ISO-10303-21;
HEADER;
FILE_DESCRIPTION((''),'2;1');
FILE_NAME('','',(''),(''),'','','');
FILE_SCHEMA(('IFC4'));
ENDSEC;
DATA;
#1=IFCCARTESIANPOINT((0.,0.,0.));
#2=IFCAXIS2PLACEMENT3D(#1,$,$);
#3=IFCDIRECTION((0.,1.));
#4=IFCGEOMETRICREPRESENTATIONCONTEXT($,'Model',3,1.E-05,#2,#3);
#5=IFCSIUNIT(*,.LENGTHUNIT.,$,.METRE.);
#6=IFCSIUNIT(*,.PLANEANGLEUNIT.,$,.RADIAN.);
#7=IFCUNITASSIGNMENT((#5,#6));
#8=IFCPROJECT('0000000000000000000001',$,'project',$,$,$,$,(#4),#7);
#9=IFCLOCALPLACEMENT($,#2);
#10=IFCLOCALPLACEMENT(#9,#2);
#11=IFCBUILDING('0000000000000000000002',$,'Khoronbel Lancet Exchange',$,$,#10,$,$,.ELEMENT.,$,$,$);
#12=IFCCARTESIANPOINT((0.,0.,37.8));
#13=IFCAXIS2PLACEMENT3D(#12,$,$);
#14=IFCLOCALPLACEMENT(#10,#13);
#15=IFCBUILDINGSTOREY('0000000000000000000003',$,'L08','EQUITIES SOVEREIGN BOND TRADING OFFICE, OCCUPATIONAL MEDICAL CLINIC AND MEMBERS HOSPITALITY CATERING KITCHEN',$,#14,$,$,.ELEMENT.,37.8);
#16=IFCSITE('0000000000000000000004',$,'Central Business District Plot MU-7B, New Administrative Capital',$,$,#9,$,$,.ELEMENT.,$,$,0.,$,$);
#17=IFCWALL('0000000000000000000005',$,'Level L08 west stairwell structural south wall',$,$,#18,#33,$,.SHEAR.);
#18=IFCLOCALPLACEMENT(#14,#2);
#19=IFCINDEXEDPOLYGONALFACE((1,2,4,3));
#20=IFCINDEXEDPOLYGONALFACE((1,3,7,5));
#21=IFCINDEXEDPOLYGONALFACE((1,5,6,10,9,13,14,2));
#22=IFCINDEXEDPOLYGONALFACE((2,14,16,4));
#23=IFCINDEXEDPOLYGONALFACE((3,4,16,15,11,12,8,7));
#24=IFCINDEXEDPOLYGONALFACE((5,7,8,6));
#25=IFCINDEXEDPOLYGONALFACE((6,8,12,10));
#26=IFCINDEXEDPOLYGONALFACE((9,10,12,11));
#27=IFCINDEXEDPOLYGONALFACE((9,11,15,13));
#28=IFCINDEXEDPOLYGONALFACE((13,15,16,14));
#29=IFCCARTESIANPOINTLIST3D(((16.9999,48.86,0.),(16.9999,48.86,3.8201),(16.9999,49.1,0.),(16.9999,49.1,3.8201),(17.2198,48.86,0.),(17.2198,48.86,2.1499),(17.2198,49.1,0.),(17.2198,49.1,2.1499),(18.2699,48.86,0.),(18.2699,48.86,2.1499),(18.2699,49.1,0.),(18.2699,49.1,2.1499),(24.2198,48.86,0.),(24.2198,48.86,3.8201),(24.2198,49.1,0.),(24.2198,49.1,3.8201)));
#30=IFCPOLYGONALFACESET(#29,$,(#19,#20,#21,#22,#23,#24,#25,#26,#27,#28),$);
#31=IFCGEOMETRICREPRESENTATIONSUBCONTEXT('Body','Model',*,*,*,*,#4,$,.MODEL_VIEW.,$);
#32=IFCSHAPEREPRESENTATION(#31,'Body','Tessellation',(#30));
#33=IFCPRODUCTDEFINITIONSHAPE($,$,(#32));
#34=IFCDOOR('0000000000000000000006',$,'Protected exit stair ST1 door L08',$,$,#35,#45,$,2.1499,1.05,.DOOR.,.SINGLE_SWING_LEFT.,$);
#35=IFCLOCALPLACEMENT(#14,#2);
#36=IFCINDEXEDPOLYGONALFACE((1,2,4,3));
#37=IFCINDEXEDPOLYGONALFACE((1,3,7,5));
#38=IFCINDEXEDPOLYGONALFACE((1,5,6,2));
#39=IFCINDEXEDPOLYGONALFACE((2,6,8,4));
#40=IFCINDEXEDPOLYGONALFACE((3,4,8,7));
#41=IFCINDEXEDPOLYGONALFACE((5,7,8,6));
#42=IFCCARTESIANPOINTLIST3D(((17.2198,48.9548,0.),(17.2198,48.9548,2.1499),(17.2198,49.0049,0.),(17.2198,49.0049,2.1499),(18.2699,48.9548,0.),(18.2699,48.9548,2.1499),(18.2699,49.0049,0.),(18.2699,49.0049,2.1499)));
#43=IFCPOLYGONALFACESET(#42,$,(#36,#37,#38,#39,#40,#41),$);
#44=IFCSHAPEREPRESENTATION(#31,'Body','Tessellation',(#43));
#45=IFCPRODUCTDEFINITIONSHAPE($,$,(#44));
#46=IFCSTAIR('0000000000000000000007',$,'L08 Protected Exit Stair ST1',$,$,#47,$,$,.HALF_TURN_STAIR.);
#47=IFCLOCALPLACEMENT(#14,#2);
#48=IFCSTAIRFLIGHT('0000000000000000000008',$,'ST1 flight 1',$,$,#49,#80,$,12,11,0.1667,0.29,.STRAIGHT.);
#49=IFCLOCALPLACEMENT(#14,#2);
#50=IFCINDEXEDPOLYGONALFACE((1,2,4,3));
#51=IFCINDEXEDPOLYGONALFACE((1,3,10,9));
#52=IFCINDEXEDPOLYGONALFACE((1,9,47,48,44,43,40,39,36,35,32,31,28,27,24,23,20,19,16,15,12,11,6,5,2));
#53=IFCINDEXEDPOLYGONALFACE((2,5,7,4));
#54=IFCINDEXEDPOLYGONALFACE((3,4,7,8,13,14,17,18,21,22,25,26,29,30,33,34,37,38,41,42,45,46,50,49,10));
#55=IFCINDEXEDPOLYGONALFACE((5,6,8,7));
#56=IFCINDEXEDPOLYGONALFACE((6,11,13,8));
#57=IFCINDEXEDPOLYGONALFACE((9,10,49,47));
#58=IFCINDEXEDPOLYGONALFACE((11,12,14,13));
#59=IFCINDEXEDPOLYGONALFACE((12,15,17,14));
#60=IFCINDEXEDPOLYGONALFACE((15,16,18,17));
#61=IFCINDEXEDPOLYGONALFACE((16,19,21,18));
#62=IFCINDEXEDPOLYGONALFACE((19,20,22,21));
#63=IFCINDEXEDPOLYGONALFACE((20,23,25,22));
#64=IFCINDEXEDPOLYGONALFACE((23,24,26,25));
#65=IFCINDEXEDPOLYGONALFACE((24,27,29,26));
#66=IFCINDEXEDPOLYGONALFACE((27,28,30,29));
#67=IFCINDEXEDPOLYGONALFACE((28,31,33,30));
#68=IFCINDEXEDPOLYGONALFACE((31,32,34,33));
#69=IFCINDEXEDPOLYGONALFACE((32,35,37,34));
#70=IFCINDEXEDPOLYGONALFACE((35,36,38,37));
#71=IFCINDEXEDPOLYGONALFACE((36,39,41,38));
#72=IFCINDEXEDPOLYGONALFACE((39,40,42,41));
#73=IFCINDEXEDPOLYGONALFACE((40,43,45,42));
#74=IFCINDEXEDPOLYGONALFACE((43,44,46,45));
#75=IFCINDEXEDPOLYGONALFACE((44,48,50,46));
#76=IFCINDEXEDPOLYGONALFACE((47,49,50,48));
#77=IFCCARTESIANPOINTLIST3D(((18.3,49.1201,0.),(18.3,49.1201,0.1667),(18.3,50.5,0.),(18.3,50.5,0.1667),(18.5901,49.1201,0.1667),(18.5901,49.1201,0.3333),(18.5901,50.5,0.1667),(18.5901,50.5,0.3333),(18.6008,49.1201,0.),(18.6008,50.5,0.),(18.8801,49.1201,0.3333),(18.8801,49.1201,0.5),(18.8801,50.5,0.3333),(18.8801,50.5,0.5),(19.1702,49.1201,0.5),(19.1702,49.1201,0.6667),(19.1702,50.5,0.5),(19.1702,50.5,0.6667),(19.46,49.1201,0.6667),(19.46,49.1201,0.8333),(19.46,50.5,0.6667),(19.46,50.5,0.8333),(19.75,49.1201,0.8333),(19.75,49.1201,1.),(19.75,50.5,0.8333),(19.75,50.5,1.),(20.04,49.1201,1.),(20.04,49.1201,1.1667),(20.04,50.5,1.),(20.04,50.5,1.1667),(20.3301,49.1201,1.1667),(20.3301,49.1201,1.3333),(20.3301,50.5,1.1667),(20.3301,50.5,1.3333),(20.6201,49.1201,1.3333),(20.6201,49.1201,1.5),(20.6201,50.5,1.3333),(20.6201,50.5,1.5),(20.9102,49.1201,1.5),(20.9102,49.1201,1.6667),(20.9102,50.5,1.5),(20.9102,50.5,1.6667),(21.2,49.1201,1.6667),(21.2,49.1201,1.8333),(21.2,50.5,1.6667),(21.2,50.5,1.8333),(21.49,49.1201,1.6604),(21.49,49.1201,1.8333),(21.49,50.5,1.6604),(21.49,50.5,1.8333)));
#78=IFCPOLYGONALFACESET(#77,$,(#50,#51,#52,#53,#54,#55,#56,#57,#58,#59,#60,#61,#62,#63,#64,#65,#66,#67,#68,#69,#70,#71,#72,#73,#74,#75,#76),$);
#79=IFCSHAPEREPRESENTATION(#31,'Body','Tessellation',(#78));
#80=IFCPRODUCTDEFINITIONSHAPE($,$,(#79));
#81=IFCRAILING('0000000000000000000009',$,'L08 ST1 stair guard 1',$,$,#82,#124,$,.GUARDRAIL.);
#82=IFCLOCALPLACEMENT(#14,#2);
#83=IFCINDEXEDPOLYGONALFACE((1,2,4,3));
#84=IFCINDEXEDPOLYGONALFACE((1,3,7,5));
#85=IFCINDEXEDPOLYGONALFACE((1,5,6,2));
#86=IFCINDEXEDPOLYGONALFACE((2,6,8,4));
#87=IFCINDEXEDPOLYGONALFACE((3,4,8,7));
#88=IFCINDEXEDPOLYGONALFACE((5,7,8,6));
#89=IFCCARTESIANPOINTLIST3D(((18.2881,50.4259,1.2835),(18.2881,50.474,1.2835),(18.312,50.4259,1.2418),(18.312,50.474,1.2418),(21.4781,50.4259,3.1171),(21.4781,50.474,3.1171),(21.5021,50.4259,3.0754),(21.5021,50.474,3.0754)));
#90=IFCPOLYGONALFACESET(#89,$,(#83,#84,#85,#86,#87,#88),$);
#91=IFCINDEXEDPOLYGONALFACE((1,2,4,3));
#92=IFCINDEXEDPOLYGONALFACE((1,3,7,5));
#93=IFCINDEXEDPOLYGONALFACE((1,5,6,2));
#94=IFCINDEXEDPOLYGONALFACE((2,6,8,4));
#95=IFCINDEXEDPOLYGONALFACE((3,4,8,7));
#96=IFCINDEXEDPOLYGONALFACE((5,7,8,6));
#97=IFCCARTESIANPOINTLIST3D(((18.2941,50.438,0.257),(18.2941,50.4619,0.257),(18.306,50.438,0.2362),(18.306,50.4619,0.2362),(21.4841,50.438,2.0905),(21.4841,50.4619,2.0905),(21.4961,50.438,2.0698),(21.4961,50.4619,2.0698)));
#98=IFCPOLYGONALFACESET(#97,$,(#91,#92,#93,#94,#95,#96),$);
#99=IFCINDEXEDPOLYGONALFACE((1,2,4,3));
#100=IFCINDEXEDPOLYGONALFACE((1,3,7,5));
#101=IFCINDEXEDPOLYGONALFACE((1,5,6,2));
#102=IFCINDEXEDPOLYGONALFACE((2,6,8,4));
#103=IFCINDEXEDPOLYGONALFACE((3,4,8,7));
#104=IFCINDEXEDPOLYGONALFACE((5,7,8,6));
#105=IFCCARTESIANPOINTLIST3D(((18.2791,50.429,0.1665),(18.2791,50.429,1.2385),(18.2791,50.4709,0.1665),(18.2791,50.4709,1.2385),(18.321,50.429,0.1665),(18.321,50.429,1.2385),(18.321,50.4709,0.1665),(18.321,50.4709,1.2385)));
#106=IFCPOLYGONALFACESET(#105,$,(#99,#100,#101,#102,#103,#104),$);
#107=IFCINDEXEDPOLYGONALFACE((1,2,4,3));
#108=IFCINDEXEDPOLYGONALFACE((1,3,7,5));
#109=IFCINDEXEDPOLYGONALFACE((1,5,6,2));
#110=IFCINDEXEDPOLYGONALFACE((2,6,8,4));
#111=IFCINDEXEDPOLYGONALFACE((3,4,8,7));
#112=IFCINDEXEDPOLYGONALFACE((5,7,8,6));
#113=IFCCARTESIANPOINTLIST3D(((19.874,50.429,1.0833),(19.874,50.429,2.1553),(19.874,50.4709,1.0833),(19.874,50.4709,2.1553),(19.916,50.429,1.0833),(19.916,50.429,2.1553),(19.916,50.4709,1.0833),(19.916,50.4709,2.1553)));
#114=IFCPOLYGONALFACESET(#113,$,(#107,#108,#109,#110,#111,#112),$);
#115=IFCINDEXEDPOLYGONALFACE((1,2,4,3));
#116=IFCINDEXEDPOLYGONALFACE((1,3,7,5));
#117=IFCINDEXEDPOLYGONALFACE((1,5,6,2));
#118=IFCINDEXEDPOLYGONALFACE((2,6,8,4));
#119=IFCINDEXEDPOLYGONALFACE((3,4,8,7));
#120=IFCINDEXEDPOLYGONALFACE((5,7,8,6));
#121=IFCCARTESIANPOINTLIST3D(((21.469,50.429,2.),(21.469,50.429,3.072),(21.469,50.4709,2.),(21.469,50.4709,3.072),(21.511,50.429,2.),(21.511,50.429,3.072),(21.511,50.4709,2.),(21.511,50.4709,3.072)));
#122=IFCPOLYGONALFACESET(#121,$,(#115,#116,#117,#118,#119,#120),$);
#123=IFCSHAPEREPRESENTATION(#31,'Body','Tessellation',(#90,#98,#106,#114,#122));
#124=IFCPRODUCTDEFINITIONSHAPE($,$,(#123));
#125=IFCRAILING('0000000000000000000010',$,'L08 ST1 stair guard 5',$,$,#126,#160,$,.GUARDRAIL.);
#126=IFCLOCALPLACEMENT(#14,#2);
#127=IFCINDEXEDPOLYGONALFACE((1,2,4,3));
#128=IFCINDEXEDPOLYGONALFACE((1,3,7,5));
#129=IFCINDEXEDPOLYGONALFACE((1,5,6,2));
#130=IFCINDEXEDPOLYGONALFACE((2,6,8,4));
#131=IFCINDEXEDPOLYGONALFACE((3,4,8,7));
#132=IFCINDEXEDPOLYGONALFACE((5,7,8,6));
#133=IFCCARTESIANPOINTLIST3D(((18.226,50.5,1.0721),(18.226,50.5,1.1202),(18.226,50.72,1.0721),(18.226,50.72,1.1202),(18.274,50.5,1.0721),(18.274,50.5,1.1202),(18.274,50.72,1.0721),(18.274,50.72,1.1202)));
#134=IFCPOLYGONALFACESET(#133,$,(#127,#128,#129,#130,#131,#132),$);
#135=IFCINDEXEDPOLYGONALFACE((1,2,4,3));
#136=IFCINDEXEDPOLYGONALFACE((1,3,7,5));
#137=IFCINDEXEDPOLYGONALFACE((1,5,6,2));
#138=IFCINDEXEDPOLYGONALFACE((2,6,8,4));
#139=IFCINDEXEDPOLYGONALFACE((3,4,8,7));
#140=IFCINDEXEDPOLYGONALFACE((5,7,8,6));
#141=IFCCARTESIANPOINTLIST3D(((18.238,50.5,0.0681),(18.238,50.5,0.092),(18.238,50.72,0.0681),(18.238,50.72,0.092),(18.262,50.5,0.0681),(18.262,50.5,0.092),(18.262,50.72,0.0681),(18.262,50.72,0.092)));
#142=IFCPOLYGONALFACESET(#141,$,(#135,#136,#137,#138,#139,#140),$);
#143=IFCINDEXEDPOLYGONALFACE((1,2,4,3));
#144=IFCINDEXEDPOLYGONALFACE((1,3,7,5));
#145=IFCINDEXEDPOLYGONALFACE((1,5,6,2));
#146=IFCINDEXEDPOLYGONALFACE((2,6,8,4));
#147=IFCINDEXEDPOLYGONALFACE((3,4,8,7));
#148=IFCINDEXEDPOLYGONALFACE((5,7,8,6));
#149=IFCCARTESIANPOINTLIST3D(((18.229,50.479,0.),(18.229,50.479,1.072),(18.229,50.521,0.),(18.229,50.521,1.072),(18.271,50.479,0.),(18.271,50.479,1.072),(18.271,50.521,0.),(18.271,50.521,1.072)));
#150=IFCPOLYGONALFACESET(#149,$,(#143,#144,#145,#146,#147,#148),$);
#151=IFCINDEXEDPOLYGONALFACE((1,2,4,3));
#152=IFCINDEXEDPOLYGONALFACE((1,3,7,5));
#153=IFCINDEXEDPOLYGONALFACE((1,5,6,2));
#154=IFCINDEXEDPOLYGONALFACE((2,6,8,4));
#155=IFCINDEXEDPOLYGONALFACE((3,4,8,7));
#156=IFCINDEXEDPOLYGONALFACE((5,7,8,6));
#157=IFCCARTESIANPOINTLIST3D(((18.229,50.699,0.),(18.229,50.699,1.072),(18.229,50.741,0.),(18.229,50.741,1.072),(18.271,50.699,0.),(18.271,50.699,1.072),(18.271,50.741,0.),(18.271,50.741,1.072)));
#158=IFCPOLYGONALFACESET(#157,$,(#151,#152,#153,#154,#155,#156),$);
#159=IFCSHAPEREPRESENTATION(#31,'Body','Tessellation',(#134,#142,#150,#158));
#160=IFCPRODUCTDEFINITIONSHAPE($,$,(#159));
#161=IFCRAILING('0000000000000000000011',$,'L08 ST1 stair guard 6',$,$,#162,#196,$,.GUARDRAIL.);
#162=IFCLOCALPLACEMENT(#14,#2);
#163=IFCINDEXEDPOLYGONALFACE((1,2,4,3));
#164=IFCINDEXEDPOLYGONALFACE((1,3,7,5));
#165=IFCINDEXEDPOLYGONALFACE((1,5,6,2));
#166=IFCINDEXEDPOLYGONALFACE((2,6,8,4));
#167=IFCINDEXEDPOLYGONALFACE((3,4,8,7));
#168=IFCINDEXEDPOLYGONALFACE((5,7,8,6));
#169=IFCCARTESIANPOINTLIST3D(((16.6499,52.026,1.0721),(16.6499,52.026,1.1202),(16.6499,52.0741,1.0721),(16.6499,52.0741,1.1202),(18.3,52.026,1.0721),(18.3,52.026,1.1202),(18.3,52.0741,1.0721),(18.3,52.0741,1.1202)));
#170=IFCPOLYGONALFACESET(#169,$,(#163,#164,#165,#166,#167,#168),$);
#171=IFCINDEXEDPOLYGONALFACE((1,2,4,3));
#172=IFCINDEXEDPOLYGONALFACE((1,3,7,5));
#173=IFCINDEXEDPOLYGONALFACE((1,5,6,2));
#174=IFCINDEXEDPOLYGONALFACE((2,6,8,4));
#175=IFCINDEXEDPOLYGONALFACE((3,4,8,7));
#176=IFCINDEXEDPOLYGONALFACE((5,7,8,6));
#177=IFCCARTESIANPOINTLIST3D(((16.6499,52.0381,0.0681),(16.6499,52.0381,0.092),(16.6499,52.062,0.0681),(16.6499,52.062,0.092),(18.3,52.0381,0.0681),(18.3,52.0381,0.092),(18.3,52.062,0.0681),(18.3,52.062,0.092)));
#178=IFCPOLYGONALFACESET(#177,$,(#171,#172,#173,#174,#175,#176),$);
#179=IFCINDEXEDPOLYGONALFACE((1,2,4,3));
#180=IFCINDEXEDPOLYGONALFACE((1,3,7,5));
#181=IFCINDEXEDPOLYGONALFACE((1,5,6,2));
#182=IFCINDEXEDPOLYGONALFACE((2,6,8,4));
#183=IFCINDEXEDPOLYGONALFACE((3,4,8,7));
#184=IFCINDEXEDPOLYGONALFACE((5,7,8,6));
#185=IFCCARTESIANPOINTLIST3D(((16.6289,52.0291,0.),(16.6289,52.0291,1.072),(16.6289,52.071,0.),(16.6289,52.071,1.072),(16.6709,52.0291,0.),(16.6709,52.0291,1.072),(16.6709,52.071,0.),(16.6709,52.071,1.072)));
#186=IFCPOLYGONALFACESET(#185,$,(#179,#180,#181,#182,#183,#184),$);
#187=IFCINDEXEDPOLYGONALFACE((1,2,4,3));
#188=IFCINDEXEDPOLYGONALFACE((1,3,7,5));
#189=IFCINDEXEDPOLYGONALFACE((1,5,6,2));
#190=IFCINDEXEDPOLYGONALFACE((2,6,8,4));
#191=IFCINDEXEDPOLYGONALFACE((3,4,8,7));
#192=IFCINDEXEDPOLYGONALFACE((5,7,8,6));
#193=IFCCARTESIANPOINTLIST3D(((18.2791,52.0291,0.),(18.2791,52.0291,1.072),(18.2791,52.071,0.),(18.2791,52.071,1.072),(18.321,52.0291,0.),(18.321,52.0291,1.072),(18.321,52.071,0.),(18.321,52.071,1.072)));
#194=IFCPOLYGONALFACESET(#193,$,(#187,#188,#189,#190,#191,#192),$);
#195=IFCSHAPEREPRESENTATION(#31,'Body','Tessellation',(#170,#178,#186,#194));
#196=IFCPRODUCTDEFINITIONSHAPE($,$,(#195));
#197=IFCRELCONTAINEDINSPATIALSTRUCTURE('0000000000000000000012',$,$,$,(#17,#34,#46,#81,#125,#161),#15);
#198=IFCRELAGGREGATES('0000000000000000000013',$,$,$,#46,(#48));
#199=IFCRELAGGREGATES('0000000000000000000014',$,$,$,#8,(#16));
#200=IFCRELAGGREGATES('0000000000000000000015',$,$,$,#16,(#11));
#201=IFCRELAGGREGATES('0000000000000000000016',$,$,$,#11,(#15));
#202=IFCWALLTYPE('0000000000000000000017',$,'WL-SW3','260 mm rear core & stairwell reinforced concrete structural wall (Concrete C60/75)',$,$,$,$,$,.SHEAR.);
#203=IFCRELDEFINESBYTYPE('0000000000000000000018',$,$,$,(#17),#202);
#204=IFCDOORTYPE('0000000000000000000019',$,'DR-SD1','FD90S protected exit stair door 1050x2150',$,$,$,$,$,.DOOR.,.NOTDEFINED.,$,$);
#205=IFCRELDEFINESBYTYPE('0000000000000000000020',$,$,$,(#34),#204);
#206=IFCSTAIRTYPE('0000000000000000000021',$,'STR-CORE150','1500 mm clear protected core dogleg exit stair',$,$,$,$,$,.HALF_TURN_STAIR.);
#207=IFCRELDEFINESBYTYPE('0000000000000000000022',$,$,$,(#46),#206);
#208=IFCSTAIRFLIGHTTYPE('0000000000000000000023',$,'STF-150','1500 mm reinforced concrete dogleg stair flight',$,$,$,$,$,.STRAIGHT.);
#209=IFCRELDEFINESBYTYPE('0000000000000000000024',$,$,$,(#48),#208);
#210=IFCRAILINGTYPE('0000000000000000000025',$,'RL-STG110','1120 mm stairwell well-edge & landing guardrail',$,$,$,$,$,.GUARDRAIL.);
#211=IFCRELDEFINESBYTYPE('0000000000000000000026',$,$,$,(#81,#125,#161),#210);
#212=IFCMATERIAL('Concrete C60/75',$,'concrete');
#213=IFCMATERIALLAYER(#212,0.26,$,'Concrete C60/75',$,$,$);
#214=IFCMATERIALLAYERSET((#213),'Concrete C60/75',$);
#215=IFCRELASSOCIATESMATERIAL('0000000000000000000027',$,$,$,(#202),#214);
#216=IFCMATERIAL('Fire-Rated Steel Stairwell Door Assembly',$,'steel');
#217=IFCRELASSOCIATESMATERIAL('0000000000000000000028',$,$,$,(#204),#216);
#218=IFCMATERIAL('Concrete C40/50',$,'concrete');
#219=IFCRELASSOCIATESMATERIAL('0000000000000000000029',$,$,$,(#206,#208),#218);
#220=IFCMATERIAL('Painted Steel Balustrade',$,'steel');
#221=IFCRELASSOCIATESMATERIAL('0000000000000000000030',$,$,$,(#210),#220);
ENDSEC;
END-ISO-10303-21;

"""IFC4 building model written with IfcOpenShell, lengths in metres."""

from ifc_helpers import new_model, si_unit, direction, frame, frame_2d, origin, origin_2d, place, context, subcontext, project, spatial, polyline, rectangle, outline, extrude, material, layer, layer_set, type_object, element, fill, aggregate, save


model = new_model("IFC4")

# Units and contexts
model_context = context("Model", 3, precision=1e-05, world=origin(), true_north=direction((0.0, 1.0)))
body_context = subcontext(model_context, "Body", "Model", "MODEL_VIEW")
ifc_project = project(units=[si_unit("LENGTHUNIT", "METRE"), si_unit("PLANEANGLEUNIT", "RADIAN")], contexts=[model_context])

# Site, building, storey
site_placement = place(None, origin())
site = spatial("IfcSite", under=ifc_project, at=site_placement, Name="Central Business District Plot MU-7B, New Administrative Capital", CompositionType="ELEMENT", RefElevation=0.0)
building_placement = place(site_placement, origin())
building = spatial("IfcBuilding", under=site, at=building_placement, Name="Khoronbel Lancet Exchange", CompositionType="ELEMENT")
storey_placement = place(building_placement, frame((0.0, 0.0, 37.8)))
storey = spatial("IfcBuildingStorey", under=building, at=storey_placement, Name="L08", Description="EQUITIES SOVEREIGN BOND TRADING OFFICE, OCCUPATIONAL MEDICAL CLINIC AND MEMBERS HOSPITALITY CATERING KITCHEN", CompositionType="ELEMENT", Elevation=37.8)

# Wall, opening, door
ifc_material_1 = material(Name="Concrete C60/75", Category="concrete")
ifc_layer_1 = layer(ifc_material_1, 0.26, Name="Concrete C60/75")
ifc_layer_set_1 = layer_set([ifc_layer_1], Name="Concrete C60/75")
wall_type_1 = type_object("IfcWallType", Name="WL-SW3", Description="260 mm rear core & stairwell reinforced concrete structural wall (Concrete C60/75)", PredefinedType="SHEAR", material=ifc_layer_set_1)
wall_1_placement = place(storey_placement, frame((17.0, 48.98, 0.0), z_axis=(0.0, 0.0, 1.0), x_axis=(1.0, 0.0, 0.0)))
wall_1 = element("IfcWall", 1, at=wall_1_placement, inside=storey, type_object=wall_type_1, Name="Level L08 west stairwell structural south wall", PredefinedType="SHEAR", context=body_context, shape_type="SweptSolid", body=[
    extrude(rectangle(XDim=7.22, YDim=0.24, at=frame_2d((3.6099, 0.0))), origin(), (0.0, 0.0, 1.0), 3.8201),
])
opening_1_placement = place(wall_1_placement, frame((0.22, 0.0, 0.0)))
opening_1 = element("IfcOpeningElement", 2, at=opening_1_placement, cuts=wall_1, PredefinedType="OPENING", context=body_context, shape_type="SweptSolid", body=[
    extrude(rectangle(XDim=1.05, YDim=2.1499, at=frame_2d((0.5249, 1.075))), frame((0.0, 0.1299, 0.0), z_axis=(0.0, -1.0, 0.0), x_axis=(1.0, 0.0, 0.0)), (0.0, 0.0, 1.0), 0.26),
])
ifc_material_2 = material(Name="Fire-Rated Steel Stairwell Door Assembly", Category="steel")
door_type_1 = type_object("IfcDoorType", Name="DR-SD1", Description="FD90S protected exit stair door 1050x2150", OperationType="NOTDEFINED", PredefinedType="DOOR", material=ifc_material_2)
door_1_placement = place(opening_1_placement, origin())
door_1 = element("IfcDoor", 3, at=door_1_placement, inside=storey, type_object=door_type_1, Name="Protected exit stair ST1 door L08", OperationType="SINGLE_SWING_LEFT", OverallHeight=2.1499, OverallWidth=1.05, PredefinedType="DOOR", context=body_context, shape_type="SweptSolid", body=[
    extrude(rectangle(XDim=1.05, YDim=2.1499, at=frame_2d((0.5249, 1.075))), frame((0.0, 0.0249, 0.0), z_axis=(0.0, -1.0, 0.0), x_axis=(1.0, 0.0, 0.0)), (0.0, 0.0, 1.0), 0.05),
])
fill(opening_1, door_1)

# Stair, stair flight
ifc_material_3 = material(Name="Concrete C40/50", Category="concrete")
stair_type = type_object("IfcStairType", Name="STR-CORE150", Description="1500 mm clear protected core dogleg exit stair", PredefinedType="HALF_TURN_STAIR", material=ifc_material_3)
stair_placement = place(storey_placement, origin())
stair = element("IfcStair", 4, at=stair_placement, inside=storey, type_object=stair_type, Name="L08 Protected Exit Stair ST1", PredefinedType="HALF_TURN_STAIR")
stair_flight_type = type_object("IfcStairFlightType", Name="STF-150", Description="1500 mm reinforced concrete dogleg stair flight", PredefinedType="STRAIGHT", material=ifc_material_3)
stair_flight_placement = place(storey_placement, frame((18.3, 49.8101, 0.0), z_axis=(0.0, 0.0, 1.0), x_axis=(1.0, 0.0, 0.0)))
stair_flight = element("IfcStairFlight", 5, at=stair_flight_placement, type_object=stair_flight_type, Name="ST1 flight 1", NumberOfRisers=12, NumberOfTreads=11, PredefinedType="STRAIGHT", RiserHeight=0.1667, TreadLength=0.29, context=body_context, shape_type="SweptSolid", body=[
    extrude(outline(polyline([(0.0, 0.0), (0.0, 0.1667), (0.29, 0.1667), (0.29, 0.3333), (0.5801, 0.3333), (0.5801, 0.5), (0.8701, 0.5), (0.8701, 0.6667), (1.1599, 0.6667), (1.1599, 0.8333), (1.45, 0.8333), (1.45, 1.0), (1.74, 1.0), (1.74, 1.1667), (2.03, 1.1667), (2.03, 1.3333), (2.3201, 1.3333), (2.3201, 1.5), (2.6101, 1.5), (2.6101, 1.6667), (2.8999, 1.6667), (2.8999, 1.8333), (3.1899, 1.8333), (3.1899, 2.0), (3.1899, 1.6604), (0.3008, 0.0), (0.0, 0.0)])), frame((0.0, 0.6899, 0.0), z_axis=(0.0, -1.0, 0.0), x_axis=(1.0, 0.0, 0.0)), (0.0, 0.0, 1.0), 1.3799),
])
aggregate(stair, [stair_flight])

# Railings
ifc_material_4 = material(Name="Painted Steel Balustrade", Category="steel")
railing_type_1 = type_object("IfcRailingType", Name="RL-STG110", Description="1120 mm stairwell well-edge & landing guardrail", PredefinedType="GUARDRAIL", material=ifc_material_4)
railing_1_placement = place(storey_placement, frame((18.3, 50.45, 0.1665)))
element("IfcRailing", 6, at=railing_1_placement, inside=storey, type_object=railing_type_1, Name="L08 ST1 stair guard 1", PredefinedType="GUARDRAIL", context=body_context, shape_type="SweptSolid", body=[
    extrude(rectangle(XDim=0.0481, YDim=0.0481, at=origin_2d()), frame((0.0, 0.0, 1.0962), z_axis=(0.866991, 0.0, 0.498324), x_axis=(0.0, 1.0, 0.0)), (0.0, 0.0, 1.0), 3.6794),
    extrude(rectangle(XDim=0.0239, YDim=0.0239, at=origin_2d()), frame((0.0, 0.0, 0.0801), z_axis=(0.866991, 0.0, 0.498324), x_axis=(0.0, 1.0, 0.0)), (0.0, 0.0, 1.0), 3.6794),
    extrude(rectangle(XDim=0.042, YDim=0.042, at=origin_2d()), origin(), (0.0, 0.0, 1.0), 1.072),
    extrude(rectangle(XDim=0.042, YDim=0.042, at=origin_2d()), frame((1.595, 0.0, 0.9167)), (0.0, 0.0, 1.0), 1.072),
    extrude(rectangle(XDim=0.042, YDim=0.042, at=origin_2d()), frame((3.1899, 0.0, 1.8335)), (0.0, 0.0, 1.0), 1.072),
])
railing_2_placement = place(storey_placement, frame((18.25, 50.5, 0.0)))
element("IfcRailing", 7, at=railing_2_placement, inside=storey, type_object=railing_type_1, Name="L08 ST1 stair guard 5", PredefinedType="GUARDRAIL", context=body_context, shape_type="SweptSolid", body=[
    extrude(rectangle(XDim=0.0481, YDim=0.0481, at=origin_2d()), frame((0.0, 0.0, 1.0962), z_axis=(0.0, 1.0, 0.0), x_axis=(-1.0, 0.0, 0.0)), (0.0, 0.0, 1.0), 0.22),
    extrude(rectangle(XDim=0.0239, YDim=0.0239, at=origin_2d()), frame((0.0, 0.0, 0.0801), z_axis=(0.0, 1.0, 0.0), x_axis=(-1.0, 0.0, 0.0)), (0.0, 0.0, 1.0), 0.22),
    extrude(rectangle(XDim=0.042, YDim=0.042, at=origin_2d()), origin(), (0.0, 0.0, 1.0), 1.072),
    extrude(rectangle(XDim=0.042, YDim=0.042, at=origin_2d()), frame((0.0, 0.22, 0.0)), (0.0, 0.0, 1.0), 1.072),
])
railing_3_placement = place(storey_placement, frame((16.6499, 52.05, 0.0)))
element("IfcRailing", 8, at=railing_3_placement, inside=storey, type_object=railing_type_1, Name="L08 ST1 stair guard 6", PredefinedType="GUARDRAIL", context=body_context, shape_type="SweptSolid", body=[
    extrude(rectangle(XDim=0.0481, YDim=0.0481, at=origin_2d()), frame((0.0, 0.0, 1.0962), z_axis=(1.0, 0.0, 0.0), x_axis=(0.0, 1.0, 0.0)), (0.0, 0.0, 1.0), 1.6501),
    extrude(rectangle(XDim=0.0239, YDim=0.0239, at=origin_2d()), frame((0.0, 0.0, 0.0801), z_axis=(1.0, 0.0, 0.0), x_axis=(0.0, 1.0, 0.0)), (0.0, 0.0, 1.0), 1.6501),
    extrude(rectangle(XDim=0.042, YDim=0.042, at=origin_2d()), origin(), (0.0, 0.0, 1.0), 1.072),
    extrude(rectangle(XDim=0.042, YDim=0.042, at=origin_2d()), frame((1.6501, 0.0, 0.0)), (0.0, 0.0, 1.0), 1.072),
])

save(model, "model.ifc")
